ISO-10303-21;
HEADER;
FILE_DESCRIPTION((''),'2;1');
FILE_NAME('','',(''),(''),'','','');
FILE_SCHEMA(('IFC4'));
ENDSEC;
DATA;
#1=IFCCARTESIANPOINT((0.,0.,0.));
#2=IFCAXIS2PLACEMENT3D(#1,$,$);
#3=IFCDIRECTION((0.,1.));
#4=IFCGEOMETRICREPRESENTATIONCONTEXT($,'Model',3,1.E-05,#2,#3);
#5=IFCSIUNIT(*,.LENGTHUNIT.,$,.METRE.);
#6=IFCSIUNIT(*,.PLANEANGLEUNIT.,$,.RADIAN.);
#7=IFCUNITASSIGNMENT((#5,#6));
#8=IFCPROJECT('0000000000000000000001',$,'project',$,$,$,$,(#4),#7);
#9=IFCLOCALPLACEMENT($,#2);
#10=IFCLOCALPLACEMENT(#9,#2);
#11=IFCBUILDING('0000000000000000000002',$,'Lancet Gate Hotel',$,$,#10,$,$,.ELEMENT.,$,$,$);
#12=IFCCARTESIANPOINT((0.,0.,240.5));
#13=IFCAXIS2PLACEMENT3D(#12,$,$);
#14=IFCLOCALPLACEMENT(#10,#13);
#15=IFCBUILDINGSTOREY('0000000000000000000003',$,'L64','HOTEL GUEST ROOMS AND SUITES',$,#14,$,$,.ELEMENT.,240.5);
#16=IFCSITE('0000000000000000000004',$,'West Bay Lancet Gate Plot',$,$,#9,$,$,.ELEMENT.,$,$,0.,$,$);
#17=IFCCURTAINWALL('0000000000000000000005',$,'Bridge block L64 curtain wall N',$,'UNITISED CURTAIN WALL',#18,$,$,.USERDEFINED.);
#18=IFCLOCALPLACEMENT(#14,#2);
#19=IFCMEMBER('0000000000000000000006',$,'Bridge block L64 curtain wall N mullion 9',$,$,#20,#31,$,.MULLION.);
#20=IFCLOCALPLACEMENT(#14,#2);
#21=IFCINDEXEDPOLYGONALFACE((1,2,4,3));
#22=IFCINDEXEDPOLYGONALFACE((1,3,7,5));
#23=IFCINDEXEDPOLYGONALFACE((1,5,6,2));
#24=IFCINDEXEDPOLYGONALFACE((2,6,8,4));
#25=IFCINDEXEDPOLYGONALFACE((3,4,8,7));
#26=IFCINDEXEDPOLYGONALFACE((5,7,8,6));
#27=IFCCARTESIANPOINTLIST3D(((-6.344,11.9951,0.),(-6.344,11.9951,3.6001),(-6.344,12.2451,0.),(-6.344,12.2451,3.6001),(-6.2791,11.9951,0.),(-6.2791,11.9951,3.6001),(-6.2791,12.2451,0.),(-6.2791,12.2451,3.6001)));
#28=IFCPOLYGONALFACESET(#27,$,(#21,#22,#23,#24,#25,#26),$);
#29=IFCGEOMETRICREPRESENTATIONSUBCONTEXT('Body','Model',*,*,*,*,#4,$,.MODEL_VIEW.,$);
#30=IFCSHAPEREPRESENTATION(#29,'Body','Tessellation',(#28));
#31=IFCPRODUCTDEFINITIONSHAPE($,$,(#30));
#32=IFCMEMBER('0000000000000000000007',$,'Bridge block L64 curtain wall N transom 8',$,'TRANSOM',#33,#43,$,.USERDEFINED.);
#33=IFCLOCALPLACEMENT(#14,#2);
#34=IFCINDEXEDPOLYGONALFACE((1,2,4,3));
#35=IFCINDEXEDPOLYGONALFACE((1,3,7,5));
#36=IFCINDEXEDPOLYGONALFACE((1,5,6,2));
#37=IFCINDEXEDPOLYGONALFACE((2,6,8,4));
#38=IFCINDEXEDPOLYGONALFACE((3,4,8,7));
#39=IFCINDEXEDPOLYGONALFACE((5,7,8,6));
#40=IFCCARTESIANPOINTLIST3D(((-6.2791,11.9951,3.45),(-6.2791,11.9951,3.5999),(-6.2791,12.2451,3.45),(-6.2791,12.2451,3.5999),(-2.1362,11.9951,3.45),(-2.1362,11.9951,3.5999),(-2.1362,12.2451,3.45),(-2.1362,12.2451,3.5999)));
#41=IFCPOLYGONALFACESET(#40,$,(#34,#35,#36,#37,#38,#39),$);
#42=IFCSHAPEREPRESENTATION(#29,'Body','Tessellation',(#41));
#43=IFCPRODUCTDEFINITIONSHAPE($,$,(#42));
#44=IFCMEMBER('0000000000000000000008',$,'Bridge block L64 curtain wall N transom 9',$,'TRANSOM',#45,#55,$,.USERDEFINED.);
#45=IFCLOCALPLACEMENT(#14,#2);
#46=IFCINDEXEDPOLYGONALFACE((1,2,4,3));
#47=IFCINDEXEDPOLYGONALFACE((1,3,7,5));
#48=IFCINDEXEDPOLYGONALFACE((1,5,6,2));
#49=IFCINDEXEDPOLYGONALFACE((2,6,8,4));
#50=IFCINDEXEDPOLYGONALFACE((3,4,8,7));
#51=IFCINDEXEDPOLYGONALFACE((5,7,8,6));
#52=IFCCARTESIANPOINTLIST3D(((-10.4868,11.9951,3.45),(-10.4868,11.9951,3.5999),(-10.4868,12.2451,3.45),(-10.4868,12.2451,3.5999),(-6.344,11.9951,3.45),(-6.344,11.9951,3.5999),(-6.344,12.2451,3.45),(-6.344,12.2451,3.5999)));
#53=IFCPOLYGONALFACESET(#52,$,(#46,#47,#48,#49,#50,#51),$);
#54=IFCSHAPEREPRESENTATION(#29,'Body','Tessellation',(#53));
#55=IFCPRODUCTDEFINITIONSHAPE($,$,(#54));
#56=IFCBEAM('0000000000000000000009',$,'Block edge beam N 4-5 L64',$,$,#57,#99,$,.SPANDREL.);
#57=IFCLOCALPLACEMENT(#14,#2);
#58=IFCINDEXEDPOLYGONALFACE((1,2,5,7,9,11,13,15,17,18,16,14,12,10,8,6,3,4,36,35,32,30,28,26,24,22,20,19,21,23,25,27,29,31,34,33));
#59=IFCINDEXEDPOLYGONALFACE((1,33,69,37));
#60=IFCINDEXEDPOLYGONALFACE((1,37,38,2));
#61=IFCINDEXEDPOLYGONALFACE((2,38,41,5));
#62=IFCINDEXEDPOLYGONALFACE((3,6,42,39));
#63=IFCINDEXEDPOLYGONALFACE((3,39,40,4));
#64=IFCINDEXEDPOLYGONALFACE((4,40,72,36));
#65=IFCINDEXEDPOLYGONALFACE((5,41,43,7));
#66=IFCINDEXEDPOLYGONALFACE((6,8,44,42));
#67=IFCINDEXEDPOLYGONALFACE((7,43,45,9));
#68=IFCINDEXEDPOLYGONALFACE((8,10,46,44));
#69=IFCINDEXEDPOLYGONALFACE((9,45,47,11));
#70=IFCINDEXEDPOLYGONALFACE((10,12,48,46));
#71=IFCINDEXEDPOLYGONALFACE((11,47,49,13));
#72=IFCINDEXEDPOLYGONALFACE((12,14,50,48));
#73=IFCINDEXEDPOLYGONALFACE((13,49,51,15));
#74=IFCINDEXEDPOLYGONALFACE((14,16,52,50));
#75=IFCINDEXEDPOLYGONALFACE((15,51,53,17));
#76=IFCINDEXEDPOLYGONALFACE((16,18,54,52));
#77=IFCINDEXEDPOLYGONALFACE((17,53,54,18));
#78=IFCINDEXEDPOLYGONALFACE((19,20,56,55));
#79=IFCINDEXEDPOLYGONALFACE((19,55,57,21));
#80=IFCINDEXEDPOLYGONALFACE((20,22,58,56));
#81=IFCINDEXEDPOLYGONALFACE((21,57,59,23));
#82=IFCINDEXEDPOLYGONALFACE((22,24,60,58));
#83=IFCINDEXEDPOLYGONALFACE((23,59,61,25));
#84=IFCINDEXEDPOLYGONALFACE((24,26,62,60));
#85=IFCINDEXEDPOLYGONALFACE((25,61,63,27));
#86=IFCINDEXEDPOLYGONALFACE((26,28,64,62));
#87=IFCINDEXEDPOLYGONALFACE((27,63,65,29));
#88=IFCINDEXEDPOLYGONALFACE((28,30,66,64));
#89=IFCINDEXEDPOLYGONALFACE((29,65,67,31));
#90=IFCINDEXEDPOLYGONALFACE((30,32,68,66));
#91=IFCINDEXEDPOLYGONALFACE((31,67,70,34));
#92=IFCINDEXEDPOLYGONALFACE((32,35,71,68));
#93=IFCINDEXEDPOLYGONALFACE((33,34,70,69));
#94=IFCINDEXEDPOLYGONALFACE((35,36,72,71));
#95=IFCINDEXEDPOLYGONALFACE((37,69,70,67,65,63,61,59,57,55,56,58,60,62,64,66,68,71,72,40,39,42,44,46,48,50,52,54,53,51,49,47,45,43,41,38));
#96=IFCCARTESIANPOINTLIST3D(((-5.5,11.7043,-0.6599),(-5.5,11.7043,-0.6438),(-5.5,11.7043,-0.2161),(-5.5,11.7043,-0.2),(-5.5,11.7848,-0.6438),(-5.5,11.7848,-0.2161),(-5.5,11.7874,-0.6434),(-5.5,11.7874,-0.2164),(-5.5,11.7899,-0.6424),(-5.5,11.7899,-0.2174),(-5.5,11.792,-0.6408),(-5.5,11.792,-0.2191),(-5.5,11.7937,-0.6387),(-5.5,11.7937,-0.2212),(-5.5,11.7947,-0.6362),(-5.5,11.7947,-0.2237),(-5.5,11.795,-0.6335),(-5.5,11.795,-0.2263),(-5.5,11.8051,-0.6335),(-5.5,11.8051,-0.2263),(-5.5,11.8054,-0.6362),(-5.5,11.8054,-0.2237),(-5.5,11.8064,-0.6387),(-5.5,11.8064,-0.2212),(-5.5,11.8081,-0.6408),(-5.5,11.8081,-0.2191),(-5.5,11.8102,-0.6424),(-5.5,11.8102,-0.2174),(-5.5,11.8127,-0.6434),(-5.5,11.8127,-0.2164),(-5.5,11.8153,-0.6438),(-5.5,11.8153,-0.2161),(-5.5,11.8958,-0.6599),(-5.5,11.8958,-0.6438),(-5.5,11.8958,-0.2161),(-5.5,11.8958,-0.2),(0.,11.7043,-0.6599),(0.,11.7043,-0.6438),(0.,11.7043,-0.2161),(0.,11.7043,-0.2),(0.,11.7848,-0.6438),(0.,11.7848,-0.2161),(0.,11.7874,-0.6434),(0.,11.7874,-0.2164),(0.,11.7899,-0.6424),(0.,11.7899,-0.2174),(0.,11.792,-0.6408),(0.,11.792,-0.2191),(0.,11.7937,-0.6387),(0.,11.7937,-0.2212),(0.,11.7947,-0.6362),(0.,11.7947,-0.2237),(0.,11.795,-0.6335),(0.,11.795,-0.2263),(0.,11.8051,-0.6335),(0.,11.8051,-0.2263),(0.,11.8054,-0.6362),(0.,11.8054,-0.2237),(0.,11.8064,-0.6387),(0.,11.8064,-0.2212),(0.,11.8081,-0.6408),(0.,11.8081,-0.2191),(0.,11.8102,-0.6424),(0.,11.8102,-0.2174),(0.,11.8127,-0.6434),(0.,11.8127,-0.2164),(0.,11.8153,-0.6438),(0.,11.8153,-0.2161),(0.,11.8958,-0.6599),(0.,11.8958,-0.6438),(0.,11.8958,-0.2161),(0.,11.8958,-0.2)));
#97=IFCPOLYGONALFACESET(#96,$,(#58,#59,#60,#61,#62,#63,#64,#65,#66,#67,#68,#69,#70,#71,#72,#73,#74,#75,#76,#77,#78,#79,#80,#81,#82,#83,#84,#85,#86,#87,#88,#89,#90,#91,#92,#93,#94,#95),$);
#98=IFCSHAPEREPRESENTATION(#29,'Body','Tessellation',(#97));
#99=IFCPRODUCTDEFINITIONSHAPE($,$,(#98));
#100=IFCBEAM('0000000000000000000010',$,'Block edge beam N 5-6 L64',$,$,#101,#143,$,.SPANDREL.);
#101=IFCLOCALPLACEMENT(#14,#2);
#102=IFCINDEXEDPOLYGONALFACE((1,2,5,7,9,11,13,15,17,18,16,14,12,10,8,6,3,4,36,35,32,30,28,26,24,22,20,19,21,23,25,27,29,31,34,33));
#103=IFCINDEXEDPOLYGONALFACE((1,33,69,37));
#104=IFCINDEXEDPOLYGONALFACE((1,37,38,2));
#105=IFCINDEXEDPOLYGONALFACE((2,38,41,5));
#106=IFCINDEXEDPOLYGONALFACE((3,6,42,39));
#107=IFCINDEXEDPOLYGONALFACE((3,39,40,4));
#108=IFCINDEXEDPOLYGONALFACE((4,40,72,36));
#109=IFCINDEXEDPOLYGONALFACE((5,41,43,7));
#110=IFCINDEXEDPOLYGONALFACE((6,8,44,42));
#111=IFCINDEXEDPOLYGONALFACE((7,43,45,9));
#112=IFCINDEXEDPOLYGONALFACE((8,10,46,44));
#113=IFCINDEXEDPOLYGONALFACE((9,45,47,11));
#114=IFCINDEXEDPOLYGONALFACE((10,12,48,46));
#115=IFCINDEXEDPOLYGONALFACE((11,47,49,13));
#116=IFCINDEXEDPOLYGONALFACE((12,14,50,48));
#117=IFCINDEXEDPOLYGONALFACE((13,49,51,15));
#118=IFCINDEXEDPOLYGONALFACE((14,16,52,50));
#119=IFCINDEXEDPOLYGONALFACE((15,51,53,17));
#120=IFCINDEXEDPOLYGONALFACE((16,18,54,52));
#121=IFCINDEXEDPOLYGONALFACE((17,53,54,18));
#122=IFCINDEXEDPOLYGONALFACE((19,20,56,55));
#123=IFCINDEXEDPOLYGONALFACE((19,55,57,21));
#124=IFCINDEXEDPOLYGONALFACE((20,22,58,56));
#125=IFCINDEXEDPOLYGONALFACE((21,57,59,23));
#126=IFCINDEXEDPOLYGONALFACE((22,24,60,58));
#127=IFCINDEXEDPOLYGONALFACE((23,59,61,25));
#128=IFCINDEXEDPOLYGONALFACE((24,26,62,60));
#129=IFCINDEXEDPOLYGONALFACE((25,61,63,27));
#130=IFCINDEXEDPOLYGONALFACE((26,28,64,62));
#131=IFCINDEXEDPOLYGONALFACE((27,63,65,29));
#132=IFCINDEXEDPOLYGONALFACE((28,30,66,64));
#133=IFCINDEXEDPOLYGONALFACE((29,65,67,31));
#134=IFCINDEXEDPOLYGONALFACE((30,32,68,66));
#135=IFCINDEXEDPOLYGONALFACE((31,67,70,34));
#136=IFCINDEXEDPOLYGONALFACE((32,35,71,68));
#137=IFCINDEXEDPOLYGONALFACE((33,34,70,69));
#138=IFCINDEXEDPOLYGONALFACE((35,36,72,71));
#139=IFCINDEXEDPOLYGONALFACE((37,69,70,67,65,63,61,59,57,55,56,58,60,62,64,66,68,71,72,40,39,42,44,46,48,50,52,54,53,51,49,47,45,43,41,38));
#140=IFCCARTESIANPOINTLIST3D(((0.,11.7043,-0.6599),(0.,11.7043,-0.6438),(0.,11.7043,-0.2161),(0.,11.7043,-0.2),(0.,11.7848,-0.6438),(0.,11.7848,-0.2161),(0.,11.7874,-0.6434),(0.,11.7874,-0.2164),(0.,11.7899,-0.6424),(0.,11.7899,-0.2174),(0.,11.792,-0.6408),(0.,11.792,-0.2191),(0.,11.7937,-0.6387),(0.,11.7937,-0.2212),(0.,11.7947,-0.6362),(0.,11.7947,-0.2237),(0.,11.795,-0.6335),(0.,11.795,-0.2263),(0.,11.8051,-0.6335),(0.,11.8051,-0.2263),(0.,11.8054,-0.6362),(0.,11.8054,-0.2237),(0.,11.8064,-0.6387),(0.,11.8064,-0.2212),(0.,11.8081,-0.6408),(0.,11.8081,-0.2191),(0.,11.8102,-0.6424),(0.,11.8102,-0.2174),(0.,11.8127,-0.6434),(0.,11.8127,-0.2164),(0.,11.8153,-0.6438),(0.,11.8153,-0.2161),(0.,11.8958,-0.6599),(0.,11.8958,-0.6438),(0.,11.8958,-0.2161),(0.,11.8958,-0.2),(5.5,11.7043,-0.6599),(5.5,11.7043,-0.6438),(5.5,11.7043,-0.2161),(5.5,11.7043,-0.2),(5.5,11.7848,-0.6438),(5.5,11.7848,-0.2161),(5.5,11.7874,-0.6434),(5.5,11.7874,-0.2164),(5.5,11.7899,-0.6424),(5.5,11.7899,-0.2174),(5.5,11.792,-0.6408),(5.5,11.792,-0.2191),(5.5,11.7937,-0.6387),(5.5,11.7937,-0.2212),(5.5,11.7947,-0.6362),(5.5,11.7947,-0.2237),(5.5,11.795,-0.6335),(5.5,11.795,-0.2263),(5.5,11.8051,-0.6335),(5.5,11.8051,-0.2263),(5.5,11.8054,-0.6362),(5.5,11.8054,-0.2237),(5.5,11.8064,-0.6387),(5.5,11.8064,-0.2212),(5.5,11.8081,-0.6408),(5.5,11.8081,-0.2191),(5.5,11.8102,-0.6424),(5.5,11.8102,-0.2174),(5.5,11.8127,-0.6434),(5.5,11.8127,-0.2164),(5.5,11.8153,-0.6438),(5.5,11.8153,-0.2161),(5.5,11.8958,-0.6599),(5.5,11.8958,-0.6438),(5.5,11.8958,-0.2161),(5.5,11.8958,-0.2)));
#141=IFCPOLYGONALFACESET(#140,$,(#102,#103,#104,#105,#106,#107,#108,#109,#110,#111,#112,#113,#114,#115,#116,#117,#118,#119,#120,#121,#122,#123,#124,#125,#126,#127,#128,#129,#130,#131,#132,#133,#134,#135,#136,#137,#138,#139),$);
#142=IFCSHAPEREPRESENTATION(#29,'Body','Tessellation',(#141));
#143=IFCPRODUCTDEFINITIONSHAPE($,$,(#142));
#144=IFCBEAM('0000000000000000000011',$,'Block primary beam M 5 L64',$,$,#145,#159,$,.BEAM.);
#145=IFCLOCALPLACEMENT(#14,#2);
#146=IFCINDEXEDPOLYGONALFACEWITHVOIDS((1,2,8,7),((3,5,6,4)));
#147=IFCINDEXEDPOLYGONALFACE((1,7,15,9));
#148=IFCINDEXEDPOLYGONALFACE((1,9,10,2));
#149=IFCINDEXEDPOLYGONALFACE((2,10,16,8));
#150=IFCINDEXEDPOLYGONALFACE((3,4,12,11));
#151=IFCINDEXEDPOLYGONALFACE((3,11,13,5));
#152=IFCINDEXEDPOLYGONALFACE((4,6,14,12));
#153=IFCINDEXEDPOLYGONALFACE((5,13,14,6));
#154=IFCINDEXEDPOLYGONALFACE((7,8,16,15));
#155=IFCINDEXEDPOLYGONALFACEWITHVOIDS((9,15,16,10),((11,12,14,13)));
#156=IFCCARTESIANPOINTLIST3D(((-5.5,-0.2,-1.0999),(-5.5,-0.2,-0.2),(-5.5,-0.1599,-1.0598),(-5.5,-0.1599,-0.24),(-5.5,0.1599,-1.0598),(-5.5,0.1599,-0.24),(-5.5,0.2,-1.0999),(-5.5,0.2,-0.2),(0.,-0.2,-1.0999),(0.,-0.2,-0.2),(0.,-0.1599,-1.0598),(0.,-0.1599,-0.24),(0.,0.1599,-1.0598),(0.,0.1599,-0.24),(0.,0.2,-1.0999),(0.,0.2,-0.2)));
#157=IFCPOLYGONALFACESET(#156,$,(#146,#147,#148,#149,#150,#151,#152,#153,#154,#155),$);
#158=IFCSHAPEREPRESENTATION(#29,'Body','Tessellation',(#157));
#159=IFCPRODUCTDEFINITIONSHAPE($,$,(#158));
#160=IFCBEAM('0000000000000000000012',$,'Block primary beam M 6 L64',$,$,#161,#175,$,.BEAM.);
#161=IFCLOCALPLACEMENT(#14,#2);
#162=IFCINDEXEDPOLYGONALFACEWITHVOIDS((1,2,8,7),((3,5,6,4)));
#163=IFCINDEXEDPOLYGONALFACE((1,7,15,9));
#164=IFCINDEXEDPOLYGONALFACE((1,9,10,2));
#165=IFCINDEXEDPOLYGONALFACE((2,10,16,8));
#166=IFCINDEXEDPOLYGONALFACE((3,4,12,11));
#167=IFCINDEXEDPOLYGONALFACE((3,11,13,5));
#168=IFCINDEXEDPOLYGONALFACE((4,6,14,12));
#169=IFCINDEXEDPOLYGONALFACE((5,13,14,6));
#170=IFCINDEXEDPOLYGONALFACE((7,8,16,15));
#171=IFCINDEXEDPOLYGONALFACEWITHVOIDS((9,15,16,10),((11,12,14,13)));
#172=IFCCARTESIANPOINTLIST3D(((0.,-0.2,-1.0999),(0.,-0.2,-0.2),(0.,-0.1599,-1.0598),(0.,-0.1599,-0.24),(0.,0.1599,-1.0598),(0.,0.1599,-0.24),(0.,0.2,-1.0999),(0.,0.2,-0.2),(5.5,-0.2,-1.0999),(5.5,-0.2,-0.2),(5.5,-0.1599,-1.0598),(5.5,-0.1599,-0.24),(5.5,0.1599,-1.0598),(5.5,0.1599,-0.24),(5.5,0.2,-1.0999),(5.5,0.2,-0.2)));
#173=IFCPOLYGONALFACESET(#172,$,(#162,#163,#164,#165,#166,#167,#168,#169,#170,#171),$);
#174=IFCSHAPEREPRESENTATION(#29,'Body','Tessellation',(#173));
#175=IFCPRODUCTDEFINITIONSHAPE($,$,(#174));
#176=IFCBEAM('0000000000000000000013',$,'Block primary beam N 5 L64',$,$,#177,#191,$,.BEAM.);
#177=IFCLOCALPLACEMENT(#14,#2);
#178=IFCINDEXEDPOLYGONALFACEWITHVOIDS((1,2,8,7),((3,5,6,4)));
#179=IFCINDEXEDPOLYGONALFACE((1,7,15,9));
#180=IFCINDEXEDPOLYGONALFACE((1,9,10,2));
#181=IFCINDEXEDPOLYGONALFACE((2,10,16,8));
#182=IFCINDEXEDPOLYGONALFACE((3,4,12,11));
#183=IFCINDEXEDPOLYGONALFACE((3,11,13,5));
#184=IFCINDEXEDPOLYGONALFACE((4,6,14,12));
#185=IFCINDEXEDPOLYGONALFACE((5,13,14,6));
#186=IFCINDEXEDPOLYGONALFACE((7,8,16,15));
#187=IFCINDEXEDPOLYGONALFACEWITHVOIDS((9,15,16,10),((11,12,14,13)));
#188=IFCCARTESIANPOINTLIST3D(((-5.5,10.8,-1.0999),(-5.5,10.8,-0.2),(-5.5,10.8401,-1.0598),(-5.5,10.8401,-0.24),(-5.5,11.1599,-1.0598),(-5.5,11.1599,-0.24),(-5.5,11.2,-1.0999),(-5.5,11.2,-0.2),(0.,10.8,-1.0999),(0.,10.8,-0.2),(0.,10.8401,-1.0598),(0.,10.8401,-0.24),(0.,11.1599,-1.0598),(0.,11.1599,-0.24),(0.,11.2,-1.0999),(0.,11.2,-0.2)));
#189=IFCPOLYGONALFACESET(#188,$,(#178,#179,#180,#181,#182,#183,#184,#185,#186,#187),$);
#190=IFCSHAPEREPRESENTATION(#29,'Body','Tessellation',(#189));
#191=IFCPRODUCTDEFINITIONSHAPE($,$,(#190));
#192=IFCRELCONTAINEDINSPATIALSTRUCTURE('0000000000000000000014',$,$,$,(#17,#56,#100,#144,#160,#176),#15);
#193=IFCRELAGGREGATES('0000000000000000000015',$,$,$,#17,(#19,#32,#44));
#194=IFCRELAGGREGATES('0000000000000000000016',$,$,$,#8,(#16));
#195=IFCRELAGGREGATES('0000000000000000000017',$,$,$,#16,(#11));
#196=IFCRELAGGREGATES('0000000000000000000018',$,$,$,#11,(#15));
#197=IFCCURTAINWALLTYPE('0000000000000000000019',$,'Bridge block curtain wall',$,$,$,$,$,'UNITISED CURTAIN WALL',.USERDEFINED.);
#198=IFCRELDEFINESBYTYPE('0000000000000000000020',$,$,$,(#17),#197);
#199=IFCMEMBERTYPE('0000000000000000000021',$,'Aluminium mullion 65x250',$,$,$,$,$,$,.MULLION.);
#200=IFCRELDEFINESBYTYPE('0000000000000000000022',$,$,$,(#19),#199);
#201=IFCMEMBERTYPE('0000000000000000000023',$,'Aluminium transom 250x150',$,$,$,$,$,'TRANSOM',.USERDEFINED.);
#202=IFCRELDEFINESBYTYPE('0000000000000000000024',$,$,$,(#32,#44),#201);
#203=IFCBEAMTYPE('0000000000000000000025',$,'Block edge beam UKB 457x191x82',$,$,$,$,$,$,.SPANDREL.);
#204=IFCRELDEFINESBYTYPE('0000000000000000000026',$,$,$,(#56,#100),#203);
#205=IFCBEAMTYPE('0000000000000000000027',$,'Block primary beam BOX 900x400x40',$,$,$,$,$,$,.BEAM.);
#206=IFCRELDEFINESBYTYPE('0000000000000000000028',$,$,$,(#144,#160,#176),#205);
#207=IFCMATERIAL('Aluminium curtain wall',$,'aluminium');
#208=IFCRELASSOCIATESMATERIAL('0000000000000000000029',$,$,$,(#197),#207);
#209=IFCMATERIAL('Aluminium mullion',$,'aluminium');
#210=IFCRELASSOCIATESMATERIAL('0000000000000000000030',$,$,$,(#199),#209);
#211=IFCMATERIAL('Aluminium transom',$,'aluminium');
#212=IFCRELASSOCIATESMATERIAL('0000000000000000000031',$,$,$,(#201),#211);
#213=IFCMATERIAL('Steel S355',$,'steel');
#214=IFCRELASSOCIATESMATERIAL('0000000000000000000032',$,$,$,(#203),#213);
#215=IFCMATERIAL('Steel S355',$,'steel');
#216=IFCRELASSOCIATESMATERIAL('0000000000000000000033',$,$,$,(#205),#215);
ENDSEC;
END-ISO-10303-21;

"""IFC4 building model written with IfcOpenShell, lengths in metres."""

from ifc_helpers import new_model, si_unit, direction, frame, origin, origin_2d, place, context, subcontext, project, spatial, rectangle, hollow_rectangle, i_section, extrude, material, material_profile, profile_set, type_object, element, aggregate, save


model = new_model("IFC4")

# Units and contexts
model_context = context("Model", 3, precision=1e-05, world=origin(), true_north=direction((0.0, 1.0)))
body_context = subcontext(model_context, "Body", "Model", "MODEL_VIEW")
ifc_project = project(units=[si_unit("LENGTHUNIT", "METRE"), si_unit("PLANEANGLEUNIT", "RADIAN")], contexts=[model_context])

# Site, building, storey
site_placement = place(None, origin())
site = spatial("IfcSite", under=ifc_project, at=site_placement, Name="West Bay Lancet Gate Plot", CompositionType="ELEMENT", RefElevation=0.0)
building_placement = place(site_placement, origin())
building = spatial("IfcBuilding", under=site, at=building_placement, Name="Lancet Gate Hotel", CompositionType="ELEMENT")
storey_placement = place(building_placement, frame((0.0, 0.0, 240.5)))
storey = spatial("IfcBuildingStorey", under=building, at=storey_placement, Name="L64", Description="HOTEL GUEST ROOMS AND SUITES", CompositionType="ELEMENT", Elevation=240.5)

# Curtain wall, members
ifc_material_1 = material(Name="Aluminium curtain wall", Category="aluminium")
curtain_wall_type = type_object("IfcCurtainWallType", Name="Bridge block curtain wall", ElementType="UNITISED CURTAIN WALL", PredefinedType="USERDEFINED", material=ifc_material_1)
curtain_wall_placement = place(storey_placement, origin())
curtain_wall = element("IfcCurtainWall", 1, at=curtain_wall_placement, inside=storey, type_object=curtain_wall_type, Name="Bridge block L64 curtain wall N", ObjectType="UNITISED CURTAIN WALL", PredefinedType="USERDEFINED")
ifc_material_2 = material(Name="Aluminium mullion", Category="aluminium")
ifc_material_profile_1 = material_profile(ifc_material_2, rectangle(XDim=0.0649, YDim=0.25, at=origin_2d()), Name="MULLION 65x250")
ifc_profile_set_1 = profile_set([ifc_material_profile_1], Name="Aluminium mullion")
member_type_1 = type_object("IfcMemberType", Name="Aluminium mullion 65x250", PredefinedType="MULLION", material=ifc_profile_set_1)
member_1_placement = place(storey_placement, frame((-6.3115, 12.1201, 0.0), z_axis=(0.0, 0.0, 1.0), x_axis=(-1.0, 0.0, 0.0)))
member_1 = element("IfcMember", 2, at=member_1_placement, type_object=member_type_1, Name="Bridge block L64 curtain wall N mullion 9", PredefinedType="MULLION", context=body_context, shape_type="SweptSolid", body=[
    extrude(rectangle(XDim=0.0649, YDim=0.25, at=origin_2d()), origin(), (0.0, 0.0, 1.0), 3.6001),
])
ifc_material_3 = material(Name="Aluminium transom", Category="aluminium")
ifc_material_profile_2 = material_profile(ifc_material_3, rectangle(XDim=0.25, YDim=0.1499, at=origin_2d()), Name="TRANSOM 250x150")
ifc_profile_set_2 = profile_set([ifc_material_profile_2], Name="Aluminium transom")
member_type_2 = type_object("IfcMemberType", Name="Aluminium transom 250x150", ElementType="TRANSOM", PredefinedType="USERDEFINED", material=ifc_profile_set_2)
member_2_placement = place(storey_placement, frame((-2.1362, 12.1201, 3.5249), z_axis=(-1.0, 0.0, 0.0), x_axis=(0.0, -1.0, 0.0)))
member_2 = element("IfcMember", 3, at=member_2_placement, type_object=member_type_2, Name="Bridge block L64 curtain wall N transom 8", ObjectType="TRANSOM", PredefinedType="USERDEFINED", context=body_context, shape_type="SweptSolid", body=[
    extrude(rectangle(XDim=0.25, YDim=0.1499, at=origin_2d()), origin(), (0.0, 0.0, 1.0), 4.1428),
])
member_3_placement = place(storey_placement, frame((-6.344, 12.1201, 3.5249), z_axis=(-1.0, 0.0, 0.0), x_axis=(0.0, -1.0, 0.0)))
member_3 = element("IfcMember", 4, at=member_3_placement, type_object=member_type_2, Name="Bridge block L64 curtain wall N transom 9", ObjectType="TRANSOM", PredefinedType="USERDEFINED", context=body_context, shape_type="SweptSolid", body=[
    extrude(rectangle(XDim=0.25, YDim=0.1499, at=origin_2d()), origin(), (0.0, 0.0, 1.0), 4.1428),
])

# Beams
ifc_material_4 = material(Name="Steel S355", Category="steel")
ifc_material_profile_3 = material_profile(ifc_material_4, i_section(OverallWidth=0.1914, OverallDepth=0.46, WebThickness=0.01, FlangeThickness=0.0161, FilletRadius=0.0103, at=origin_2d()), Name="UKB 457x191x82")
ifc_profile_set_3 = profile_set([ifc_material_profile_3], Name="Steel S355")
beam_type_1 = type_object("IfcBeamType", Name="Block edge beam UKB 457x191x82", PredefinedType="SPANDREL", material=ifc_profile_set_3)
for number, where, z_axis, x_axis, name in (
    (5, (-5.5, 11.8, -0.4299), (1.0, 0.0, 0.0), (0.0, 1.0, 0.0), "Block edge beam N 4-5 L64"),
    (6, (0.0, 11.8, -0.4299), (1.0, 0.0, 0.0), (0.0, 1.0, 0.0), "Block edge beam N 5-6 L64"),
):
    element("IfcBeam", number, at=place(storey_placement, frame(where, z_axis=z_axis, x_axis=x_axis)), inside=storey, type_object=beam_type_1, Name=name, PredefinedType="SPANDREL", context=body_context, shape_type="SweptSolid", body=[
        extrude(i_section(OverallWidth=0.1914, OverallDepth=0.46, WebThickness=0.01, FlangeThickness=0.0161, FilletRadius=0.0103, at=origin_2d()), origin(), (0.0, 0.0, 1.0), 5.5),
    ])
ifc_material_5 = material(Name="Steel S355", Category="steel")
ifc_material_profile_4 = material_profile(ifc_material_5, hollow_rectangle(XDim=0.3999, YDim=0.8999, WallThickness=0.04, at=origin_2d()), Name="BOX 900x400x40")
ifc_profile_set_4 = profile_set([ifc_material_profile_4], Name="Steel S355")
beam_type_2 = type_object("IfcBeamType", Name="Block primary beam BOX 900x400x40", PredefinedType="BEAM", material=ifc_profile_set_4)
for number, where, z_axis, x_axis, name in (
    (7, (-5.5, 0.0, -0.6499), (1.0, 0.0, 0.0), (0.0, 1.0, 0.0), "Block primary beam M 5 L64"),
    (8, (0.0, 0.0, -0.6499), (1.0, 0.0, 0.0), (0.0, 1.0, 0.0), "Block primary beam M 6 L64"),
    (9, (-5.5, 11.0, -0.6499), (1.0, 0.0, 0.0), (0.0, 1.0, 0.0), "Block primary beam N 5 L64"),
):
    element("IfcBeam", number, at=place(storey_placement, frame(where, z_axis=z_axis, x_axis=x_axis)), inside=storey, type_object=beam_type_2, Name=name, PredefinedType="BEAM", context=body_context, shape_type="SweptSolid", body=[
        extrude(hollow_rectangle(XDim=0.3999, YDim=0.8999, WallThickness=0.04, at=origin_2d()), origin(), (0.0, 0.0, 1.0), 5.5),
    ])

aggregate(curtain_wall, [member_1, member_2, member_3])

save(model, "model.ifc")
